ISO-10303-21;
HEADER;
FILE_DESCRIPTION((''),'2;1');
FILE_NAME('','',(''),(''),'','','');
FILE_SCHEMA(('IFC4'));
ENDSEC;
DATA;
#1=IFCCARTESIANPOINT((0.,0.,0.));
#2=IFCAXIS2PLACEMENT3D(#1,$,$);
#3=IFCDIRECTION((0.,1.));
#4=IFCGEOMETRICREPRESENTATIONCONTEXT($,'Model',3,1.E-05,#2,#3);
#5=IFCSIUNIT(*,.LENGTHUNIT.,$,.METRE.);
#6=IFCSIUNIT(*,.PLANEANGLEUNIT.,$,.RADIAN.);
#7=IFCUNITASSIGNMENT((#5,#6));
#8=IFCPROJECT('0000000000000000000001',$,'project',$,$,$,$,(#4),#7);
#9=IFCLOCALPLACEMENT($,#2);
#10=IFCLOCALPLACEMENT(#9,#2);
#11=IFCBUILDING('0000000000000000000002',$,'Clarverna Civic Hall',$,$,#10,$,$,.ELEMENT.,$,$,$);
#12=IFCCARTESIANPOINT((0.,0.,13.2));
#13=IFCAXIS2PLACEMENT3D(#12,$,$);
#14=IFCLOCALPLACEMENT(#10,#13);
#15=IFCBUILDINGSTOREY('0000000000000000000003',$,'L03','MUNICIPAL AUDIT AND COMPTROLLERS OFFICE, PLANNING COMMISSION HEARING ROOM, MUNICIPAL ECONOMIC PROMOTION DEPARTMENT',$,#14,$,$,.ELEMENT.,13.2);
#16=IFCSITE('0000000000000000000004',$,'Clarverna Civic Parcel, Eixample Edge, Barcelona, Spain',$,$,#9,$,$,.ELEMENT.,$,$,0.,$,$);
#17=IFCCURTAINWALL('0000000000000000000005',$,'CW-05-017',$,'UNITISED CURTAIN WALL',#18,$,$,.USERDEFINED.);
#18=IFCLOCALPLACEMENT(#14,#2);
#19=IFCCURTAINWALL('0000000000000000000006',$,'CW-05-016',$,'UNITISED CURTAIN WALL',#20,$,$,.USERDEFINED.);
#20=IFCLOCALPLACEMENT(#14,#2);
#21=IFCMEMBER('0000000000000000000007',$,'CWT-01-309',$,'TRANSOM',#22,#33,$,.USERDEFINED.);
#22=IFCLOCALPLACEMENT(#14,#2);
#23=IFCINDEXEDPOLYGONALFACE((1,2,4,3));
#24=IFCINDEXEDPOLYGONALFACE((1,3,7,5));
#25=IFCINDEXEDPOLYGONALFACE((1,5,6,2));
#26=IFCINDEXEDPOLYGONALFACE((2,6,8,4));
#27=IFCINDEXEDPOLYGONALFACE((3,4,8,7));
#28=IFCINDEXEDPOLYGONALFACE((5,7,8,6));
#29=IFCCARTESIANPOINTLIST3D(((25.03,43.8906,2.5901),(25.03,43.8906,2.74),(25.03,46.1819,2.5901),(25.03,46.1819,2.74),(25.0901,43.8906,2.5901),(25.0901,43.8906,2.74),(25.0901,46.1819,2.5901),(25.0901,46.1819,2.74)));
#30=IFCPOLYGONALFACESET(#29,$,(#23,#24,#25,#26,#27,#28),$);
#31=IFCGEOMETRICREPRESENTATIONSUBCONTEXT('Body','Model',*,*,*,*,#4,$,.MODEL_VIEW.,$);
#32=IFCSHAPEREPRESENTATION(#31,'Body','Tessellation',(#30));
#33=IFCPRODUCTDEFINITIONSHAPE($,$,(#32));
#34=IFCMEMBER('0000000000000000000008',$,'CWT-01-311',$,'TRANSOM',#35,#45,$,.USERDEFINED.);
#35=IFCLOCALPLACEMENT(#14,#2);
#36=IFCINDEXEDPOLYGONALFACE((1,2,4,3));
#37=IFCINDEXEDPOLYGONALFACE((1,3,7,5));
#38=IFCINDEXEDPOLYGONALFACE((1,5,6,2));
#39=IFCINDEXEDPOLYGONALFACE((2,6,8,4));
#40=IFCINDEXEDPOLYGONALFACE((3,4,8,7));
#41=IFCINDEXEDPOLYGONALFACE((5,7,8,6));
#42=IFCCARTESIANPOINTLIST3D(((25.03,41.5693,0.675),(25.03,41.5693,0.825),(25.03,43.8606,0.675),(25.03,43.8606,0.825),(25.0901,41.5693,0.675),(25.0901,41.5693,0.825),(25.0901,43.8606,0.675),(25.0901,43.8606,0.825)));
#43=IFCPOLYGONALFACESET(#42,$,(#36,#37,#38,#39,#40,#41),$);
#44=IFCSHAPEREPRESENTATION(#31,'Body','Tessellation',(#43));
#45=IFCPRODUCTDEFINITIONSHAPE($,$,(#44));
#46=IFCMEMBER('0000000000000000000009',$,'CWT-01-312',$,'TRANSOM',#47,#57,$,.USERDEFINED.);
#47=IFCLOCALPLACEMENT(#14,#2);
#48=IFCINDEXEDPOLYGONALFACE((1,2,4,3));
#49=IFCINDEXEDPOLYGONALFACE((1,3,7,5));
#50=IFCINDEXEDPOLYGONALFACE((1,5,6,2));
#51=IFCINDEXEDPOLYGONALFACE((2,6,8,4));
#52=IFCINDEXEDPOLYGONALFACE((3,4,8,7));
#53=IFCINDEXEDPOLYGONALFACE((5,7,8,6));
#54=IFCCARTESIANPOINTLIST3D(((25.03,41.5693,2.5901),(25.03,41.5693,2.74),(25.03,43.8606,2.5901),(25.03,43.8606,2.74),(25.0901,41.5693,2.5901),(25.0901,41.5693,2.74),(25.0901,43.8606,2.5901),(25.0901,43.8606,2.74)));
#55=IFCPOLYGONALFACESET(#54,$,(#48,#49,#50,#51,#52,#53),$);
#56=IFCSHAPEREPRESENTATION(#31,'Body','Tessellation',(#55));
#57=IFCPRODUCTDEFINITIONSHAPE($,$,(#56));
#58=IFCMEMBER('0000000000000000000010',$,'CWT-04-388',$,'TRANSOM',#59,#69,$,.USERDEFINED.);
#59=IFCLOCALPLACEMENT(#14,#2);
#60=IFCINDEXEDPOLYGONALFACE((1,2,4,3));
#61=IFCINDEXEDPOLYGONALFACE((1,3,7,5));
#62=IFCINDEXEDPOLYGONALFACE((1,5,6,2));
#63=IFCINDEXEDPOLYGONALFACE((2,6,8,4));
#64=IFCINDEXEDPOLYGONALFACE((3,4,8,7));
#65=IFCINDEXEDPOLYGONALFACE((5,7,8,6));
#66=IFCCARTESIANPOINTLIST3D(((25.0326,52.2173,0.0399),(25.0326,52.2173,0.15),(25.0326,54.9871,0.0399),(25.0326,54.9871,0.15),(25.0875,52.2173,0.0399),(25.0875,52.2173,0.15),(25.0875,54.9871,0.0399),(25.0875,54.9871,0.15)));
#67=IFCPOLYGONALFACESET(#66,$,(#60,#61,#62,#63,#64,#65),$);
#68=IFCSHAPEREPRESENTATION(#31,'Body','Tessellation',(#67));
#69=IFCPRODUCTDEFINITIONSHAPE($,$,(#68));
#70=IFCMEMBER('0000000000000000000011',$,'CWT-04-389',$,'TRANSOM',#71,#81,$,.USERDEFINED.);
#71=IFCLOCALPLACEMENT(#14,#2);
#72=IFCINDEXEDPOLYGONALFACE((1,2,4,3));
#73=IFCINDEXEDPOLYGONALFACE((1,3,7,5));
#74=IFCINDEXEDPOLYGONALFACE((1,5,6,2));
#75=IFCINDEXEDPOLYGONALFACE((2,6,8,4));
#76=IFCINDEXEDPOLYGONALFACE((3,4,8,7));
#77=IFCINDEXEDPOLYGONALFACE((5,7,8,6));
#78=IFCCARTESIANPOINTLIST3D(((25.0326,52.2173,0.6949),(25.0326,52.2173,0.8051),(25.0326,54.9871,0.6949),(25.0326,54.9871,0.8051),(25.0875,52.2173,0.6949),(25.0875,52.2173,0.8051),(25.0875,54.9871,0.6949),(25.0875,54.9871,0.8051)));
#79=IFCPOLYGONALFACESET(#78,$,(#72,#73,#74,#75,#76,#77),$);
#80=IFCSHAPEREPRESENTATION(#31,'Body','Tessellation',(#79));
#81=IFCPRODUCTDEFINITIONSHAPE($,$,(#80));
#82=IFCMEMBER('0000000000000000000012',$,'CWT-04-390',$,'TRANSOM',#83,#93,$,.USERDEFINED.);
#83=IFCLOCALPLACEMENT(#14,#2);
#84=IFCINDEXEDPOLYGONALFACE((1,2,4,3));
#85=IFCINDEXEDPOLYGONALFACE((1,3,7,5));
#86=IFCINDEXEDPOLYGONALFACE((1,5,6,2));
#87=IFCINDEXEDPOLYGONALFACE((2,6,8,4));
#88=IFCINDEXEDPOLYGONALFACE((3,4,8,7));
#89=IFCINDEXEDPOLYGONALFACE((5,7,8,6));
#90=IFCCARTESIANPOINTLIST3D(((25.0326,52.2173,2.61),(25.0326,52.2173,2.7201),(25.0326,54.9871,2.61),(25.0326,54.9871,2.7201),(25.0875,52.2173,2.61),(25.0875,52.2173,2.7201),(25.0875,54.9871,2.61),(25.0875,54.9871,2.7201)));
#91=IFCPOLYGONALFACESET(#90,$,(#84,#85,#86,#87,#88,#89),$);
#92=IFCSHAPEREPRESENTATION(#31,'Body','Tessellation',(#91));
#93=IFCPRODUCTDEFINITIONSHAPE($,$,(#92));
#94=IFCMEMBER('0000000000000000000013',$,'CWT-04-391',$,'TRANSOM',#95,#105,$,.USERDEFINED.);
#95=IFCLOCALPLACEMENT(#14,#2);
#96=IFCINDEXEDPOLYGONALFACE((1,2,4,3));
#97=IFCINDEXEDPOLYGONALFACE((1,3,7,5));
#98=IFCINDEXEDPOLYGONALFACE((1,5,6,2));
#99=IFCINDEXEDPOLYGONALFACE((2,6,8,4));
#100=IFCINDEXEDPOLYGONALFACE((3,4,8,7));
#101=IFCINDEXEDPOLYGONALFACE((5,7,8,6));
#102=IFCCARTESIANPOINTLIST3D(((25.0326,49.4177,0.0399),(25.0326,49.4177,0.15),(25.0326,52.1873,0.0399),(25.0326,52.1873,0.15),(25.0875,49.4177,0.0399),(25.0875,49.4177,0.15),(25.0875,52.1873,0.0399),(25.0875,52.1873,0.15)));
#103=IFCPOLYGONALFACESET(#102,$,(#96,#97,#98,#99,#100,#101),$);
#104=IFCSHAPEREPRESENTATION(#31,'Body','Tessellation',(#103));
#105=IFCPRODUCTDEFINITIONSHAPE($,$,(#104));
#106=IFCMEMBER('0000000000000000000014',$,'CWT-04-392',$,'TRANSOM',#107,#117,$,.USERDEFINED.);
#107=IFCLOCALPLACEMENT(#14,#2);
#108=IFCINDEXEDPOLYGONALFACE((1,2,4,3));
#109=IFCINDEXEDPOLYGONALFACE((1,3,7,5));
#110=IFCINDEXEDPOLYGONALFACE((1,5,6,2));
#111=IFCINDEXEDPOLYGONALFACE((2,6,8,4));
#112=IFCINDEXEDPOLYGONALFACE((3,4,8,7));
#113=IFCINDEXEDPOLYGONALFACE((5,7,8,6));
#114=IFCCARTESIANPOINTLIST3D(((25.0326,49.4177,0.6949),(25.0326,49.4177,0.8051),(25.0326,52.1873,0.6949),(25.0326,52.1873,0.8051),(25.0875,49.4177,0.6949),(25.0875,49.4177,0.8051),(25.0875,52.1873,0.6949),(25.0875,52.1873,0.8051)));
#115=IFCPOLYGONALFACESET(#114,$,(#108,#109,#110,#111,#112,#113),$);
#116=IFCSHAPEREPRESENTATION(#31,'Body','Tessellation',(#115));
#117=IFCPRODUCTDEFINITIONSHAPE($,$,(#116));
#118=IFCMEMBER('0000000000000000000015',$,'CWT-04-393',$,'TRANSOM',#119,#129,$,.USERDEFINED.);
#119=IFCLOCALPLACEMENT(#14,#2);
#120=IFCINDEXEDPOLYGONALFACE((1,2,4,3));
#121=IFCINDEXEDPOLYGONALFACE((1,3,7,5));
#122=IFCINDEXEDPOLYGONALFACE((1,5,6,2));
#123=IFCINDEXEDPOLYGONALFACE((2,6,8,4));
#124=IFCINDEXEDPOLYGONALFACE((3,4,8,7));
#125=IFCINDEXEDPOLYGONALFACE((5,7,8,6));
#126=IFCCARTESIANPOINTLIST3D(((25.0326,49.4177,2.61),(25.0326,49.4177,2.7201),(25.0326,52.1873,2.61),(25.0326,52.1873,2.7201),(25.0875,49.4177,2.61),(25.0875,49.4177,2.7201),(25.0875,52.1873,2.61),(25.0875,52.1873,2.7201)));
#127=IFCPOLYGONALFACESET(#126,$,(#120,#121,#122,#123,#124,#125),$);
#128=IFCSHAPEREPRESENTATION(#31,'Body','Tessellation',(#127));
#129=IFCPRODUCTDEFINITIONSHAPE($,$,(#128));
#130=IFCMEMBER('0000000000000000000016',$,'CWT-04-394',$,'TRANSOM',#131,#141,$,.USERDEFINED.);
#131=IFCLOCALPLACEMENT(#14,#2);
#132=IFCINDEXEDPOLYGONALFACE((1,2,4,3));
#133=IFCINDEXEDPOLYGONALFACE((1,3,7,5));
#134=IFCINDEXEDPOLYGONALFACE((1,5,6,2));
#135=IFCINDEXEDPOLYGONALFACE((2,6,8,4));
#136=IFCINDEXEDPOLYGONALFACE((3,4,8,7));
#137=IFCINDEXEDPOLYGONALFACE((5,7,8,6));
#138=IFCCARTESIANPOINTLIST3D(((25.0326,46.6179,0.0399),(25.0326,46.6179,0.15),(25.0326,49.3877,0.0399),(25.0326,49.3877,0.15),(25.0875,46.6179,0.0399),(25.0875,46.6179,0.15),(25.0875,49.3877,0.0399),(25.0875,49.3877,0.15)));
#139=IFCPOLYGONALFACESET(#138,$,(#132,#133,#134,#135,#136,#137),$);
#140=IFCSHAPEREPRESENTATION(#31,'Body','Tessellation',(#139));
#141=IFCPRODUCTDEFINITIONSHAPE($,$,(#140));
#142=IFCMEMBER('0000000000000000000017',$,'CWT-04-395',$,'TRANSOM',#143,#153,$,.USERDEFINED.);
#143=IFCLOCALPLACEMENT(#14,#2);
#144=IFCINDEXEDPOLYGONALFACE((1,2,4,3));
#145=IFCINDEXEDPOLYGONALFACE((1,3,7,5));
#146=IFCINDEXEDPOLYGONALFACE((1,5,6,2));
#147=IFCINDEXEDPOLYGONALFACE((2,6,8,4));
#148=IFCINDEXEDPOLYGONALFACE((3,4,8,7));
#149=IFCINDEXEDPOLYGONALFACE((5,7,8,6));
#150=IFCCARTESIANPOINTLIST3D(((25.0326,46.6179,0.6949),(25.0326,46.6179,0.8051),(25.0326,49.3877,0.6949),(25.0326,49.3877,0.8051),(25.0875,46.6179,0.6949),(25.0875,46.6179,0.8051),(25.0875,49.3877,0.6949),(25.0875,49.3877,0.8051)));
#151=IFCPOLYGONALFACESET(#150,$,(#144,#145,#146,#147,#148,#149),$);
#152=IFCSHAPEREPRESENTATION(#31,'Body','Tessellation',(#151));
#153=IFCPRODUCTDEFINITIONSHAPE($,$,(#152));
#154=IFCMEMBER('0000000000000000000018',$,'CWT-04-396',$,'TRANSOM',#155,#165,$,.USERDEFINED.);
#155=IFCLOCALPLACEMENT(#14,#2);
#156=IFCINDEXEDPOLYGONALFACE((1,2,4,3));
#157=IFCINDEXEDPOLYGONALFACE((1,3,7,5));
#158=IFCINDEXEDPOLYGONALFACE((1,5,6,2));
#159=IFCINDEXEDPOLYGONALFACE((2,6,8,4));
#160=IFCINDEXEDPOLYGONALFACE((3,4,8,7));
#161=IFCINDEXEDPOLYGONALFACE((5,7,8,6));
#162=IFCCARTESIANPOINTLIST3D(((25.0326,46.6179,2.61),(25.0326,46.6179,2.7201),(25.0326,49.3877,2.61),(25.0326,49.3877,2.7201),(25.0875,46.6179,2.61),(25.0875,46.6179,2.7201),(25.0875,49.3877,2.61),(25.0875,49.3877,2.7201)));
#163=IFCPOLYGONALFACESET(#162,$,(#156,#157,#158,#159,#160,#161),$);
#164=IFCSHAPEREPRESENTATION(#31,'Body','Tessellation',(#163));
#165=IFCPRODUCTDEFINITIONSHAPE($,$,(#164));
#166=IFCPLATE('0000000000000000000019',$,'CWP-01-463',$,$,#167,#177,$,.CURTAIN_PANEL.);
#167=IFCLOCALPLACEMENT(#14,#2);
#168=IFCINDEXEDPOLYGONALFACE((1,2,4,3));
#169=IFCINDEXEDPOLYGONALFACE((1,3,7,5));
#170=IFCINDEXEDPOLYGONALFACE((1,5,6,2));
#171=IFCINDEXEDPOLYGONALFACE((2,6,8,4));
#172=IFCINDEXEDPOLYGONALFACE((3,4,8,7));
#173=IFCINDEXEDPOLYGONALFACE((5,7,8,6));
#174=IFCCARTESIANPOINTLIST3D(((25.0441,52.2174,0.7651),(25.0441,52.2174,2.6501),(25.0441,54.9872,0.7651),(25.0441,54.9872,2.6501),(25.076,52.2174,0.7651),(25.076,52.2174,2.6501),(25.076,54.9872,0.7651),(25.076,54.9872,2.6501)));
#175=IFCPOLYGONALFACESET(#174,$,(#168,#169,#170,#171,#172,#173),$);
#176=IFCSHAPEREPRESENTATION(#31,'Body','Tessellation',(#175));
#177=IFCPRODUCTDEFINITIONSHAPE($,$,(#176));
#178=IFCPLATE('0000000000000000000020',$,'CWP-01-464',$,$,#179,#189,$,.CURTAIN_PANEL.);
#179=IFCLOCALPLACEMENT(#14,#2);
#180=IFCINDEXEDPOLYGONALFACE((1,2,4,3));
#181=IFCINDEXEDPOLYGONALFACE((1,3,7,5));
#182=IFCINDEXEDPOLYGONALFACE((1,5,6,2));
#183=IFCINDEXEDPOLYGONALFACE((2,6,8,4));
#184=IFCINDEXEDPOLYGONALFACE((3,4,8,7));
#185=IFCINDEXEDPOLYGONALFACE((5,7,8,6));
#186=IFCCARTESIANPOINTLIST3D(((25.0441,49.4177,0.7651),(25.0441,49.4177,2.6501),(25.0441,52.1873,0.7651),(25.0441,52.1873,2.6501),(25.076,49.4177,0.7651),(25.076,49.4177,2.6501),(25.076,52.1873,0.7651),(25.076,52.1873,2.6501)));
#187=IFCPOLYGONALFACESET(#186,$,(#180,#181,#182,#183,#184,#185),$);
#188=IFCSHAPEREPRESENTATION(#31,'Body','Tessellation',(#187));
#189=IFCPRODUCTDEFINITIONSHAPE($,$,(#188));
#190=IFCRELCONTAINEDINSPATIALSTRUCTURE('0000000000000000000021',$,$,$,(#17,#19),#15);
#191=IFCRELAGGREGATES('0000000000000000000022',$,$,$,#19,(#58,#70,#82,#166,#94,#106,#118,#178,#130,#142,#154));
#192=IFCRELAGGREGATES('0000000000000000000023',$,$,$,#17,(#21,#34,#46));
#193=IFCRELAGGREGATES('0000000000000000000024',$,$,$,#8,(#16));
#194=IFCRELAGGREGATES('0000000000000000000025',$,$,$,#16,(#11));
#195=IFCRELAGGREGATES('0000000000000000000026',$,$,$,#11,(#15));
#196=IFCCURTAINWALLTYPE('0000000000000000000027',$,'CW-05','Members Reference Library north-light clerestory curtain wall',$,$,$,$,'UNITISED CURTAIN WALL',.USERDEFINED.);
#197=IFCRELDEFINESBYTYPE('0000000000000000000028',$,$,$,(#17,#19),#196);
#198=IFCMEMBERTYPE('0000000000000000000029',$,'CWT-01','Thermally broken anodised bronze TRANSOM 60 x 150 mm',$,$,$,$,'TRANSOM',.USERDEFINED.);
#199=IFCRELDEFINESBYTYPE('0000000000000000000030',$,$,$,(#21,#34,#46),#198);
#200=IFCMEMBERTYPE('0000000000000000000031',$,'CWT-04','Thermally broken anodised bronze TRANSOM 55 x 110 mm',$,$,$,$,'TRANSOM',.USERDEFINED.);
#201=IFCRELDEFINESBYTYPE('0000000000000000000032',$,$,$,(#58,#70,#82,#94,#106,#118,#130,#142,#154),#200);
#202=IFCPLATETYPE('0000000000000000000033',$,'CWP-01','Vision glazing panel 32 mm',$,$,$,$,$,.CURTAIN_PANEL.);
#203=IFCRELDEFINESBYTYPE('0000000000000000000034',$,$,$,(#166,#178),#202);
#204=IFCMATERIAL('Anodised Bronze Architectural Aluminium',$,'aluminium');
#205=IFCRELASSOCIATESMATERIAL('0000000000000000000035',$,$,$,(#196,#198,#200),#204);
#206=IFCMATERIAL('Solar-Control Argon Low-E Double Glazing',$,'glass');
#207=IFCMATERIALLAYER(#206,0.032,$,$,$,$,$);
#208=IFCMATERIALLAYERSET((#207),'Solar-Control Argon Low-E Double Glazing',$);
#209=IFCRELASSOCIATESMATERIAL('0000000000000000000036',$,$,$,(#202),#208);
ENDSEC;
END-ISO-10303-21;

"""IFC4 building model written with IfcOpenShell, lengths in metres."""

from ifc_helpers import new_model, si_unit, direction, frame, frame_2d, origin, origin_2d, place, context, subcontext, project, spatial, rectangle, extrude, material, layer, layer_set, material_profile, profile_set, type_object, element, aggregate, save


model = new_model("IFC4")

# Units and contexts
model_context = context("Model", 3, precision=1e-05, world=origin(), true_north=direction((0.0, 1.0)))
body_context = subcontext(model_context, "Body", "Model", "MODEL_VIEW")
ifc_project = project(units=[si_unit("LENGTHUNIT", "METRE"), si_unit("PLANEANGLEUNIT", "RADIAN")], contexts=[model_context])

# Site, building, storey
site_placement = place(None, origin())
site = spatial("IfcSite", under=ifc_project, at=site_placement, Name="Clarverna Civic Parcel, Eixample Edge, Barcelona, Spain", CompositionType="ELEMENT", RefElevation=0.0)
building_placement = place(site_placement, origin())
building = spatial("IfcBuilding", under=site, at=building_placement, Name="Clarverna Civic Hall", CompositionType="ELEMENT")
storey_placement = place(building_placement, frame((0.0, 0.0, 13.2)))
storey = spatial("IfcBuildingStorey", under=building, at=storey_placement, Name="L03", Description="MUNICIPAL AUDIT AND COMPTROLLERS OFFICE, PLANNING COMMISSION HEARING ROOM, MUNICIPAL ECONOMIC PROMOTION DEPARTMENT", CompositionType="ELEMENT", Elevation=13.2)

# Curtain walls
ifc_material_1 = material(Name="Anodised Bronze Architectural Aluminium", Category="aluminium")
curtain_wall_type = type_object("IfcCurtainWallType", Name="CW-05", Description="Members Reference Library north-light clerestory curtain wall", ElementType="UNITISED CURTAIN WALL", PredefinedType="USERDEFINED", material=ifc_material_1)
curtain_wall_1_placement = place(storey_placement, origin())
curtain_wall_1 = element("IfcCurtainWall", 1, at=curtain_wall_1_placement, inside=storey, type_object=curtain_wall_type, Name="CW-05-017", ObjectType="UNITISED CURTAIN WALL", PredefinedType="USERDEFINED")
curtain_wall_2_placement = place(storey_placement, origin())
curtain_wall_2 = element("IfcCurtainWall", 2, at=curtain_wall_2_placement, inside=storey, type_object=curtain_wall_type, Name="CW-05-016", ObjectType="UNITISED CURTAIN WALL", PredefinedType="USERDEFINED")

# Members
ifc_material_profile_1 = material_profile(ifc_material_1, rectangle(XDim=0.0601, YDim=0.1499, at=origin_2d()), Name="BRONZE 60x150")
ifc_profile_set_1 = profile_set([ifc_material_profile_1], Name="Anodised Bronze Architectural Aluminium")
member_type_1 = type_object("IfcMemberType", Name="CWT-01", Description="Thermally broken anodised bronze TRANSOM 60 x 150 mm", ElementType="TRANSOM", PredefinedType="USERDEFINED", material=ifc_profile_set_1)
member_1_placement = place(storey_placement, frame((25.0601, 46.1819, 2.665), z_axis=(0.0, -1.0, 0.0), x_axis=(1.0, 0.0, 0.0)))
member_1 = element("IfcMember", 3, at=member_1_placement, type_object=member_type_1, Name="CWT-01-309", ObjectType="TRANSOM", PredefinedType="USERDEFINED", context=body_context, shape_type="SweptSolid", body=[
    extrude(rectangle(XDim=0.0601, YDim=0.1499, at=origin_2d()), origin(), (0.0, 0.0, 1.0), 2.2913),
])
member_2_placement = place(storey_placement, frame((25.0601, 43.8606, 0.75), z_axis=(0.0, -1.0, 0.0), x_axis=(1.0, 0.0, 0.0)))
member_2 = element("IfcMember", 4, at=member_2_placement, type_object=member_type_1, Name="CWT-01-311", ObjectType="TRANSOM", PredefinedType="USERDEFINED", context=body_context, shape_type="SweptSolid", body=[
    extrude(rectangle(XDim=0.0601, YDim=0.1499, at=origin_2d()), origin(), (0.0, 0.0, 1.0), 2.2913),
])
member_3_placement = place(storey_placement, frame((25.0601, 43.8606, 2.665), z_axis=(0.0, -1.0, 0.0), x_axis=(1.0, 0.0, 0.0)))
member_3 = element("IfcMember", 5, at=member_3_placement, type_object=member_type_1, Name="CWT-01-312", ObjectType="TRANSOM", PredefinedType="USERDEFINED", context=body_context, shape_type="SweptSolid", body=[
    extrude(rectangle(XDim=0.0601, YDim=0.1499, at=origin_2d()), origin(), (0.0, 0.0, 1.0), 2.2913),
])
ifc_material_profile_2 = material_profile(ifc_material_1, rectangle(XDim=0.0549, YDim=0.1101, at=origin_2d()), Name="BRONZE 55x110")
ifc_profile_set_2 = profile_set([ifc_material_profile_2], Name="Anodised Bronze Architectural Aluminium")
member_type_2 = type_object("IfcMemberType", Name="CWT-04", Description="Thermally broken anodised bronze TRANSOM 55 x 110 mm", ElementType="TRANSOM", PredefinedType="USERDEFINED", material=ifc_profile_set_2)
member_4_placement = place(storey_placement, frame((25.0601, 54.9871, 0.095), z_axis=(0.0, -1.0, 0.0), x_axis=(1.0, 0.0, 0.0)))
member_4 = element("IfcMember", 6, at=member_4_placement, type_object=member_type_2, Name="CWT-04-388", ObjectType="TRANSOM", PredefinedType="USERDEFINED", context=body_context, shape_type="SweptSolid", body=[
    extrude(rectangle(XDim=0.0549, YDim=0.1101, at=origin_2d()), origin(), (0.0, 0.0, 1.0), 2.7698),
])
member_5_placement = place(storey_placement, frame((25.0601, 54.9871, 0.75), z_axis=(0.0, -1.0, 0.0), x_axis=(1.0, 0.0, 0.0)))
member_5 = element("IfcMember", 7, at=member_5_placement, type_object=member_type_2, Name="CWT-04-389", ObjectType="TRANSOM", PredefinedType="USERDEFINED", context=body_context, shape_type="SweptSolid", body=[
    extrude(rectangle(XDim=0.0549, YDim=0.1101, at=origin_2d()), origin(), (0.0, 0.0, 1.0), 2.7698),
])
member_6_placement = place(storey_placement, frame((25.0601, 54.9871, 2.665), z_axis=(0.0, -1.0, 0.0), x_axis=(1.0, 0.0, 0.0)))
member_6 = element("IfcMember", 8, at=member_6_placement, type_object=member_type_2, Name="CWT-04-390", ObjectType="TRANSOM", PredefinedType="USERDEFINED", context=body_context, shape_type="SweptSolid", body=[
    extrude(rectangle(XDim=0.0549, YDim=0.1101, at=origin_2d()), origin(), (0.0, 0.0, 1.0), 2.7698),
])
member_7_placement = place(storey_placement, frame((25.0601, 52.1873, 0.095), z_axis=(0.0, -1.0, 0.0), x_axis=(1.0, 0.0, 0.0)))
member_7 = element("IfcMember", 9, at=member_7_placement, type_object=member_type_2, Name="CWT-04-391", ObjectType="TRANSOM", PredefinedType="USERDEFINED", context=body_context, shape_type="SweptSolid", body=[
    extrude(rectangle(XDim=0.0549, YDim=0.1101, at=origin_2d()), origin(), (0.0, 0.0, 1.0), 2.7695),
])
member_8_placement = place(storey_placement, frame((25.0601, 52.1873, 0.75), z_axis=(0.0, -1.0, 0.0), x_axis=(1.0, 0.0, 0.0)))
member_8 = element("IfcMember", 10, at=member_8_placement, type_object=member_type_2, Name="CWT-04-392", ObjectType="TRANSOM", PredefinedType="USERDEFINED", context=body_context, shape_type="SweptSolid", body=[
    extrude(rectangle(XDim=0.0549, YDim=0.1101, at=origin_2d()), origin(), (0.0, 0.0, 1.0), 2.7695),
])
member_9_placement = place(storey_placement, frame((25.0601, 52.1873, 2.665), z_axis=(0.0, -1.0, 0.0), x_axis=(1.0, 0.0, 0.0)))
member_9 = element("IfcMember", 11, at=member_9_placement, type_object=member_type_2, Name="CWT-04-393", ObjectType="TRANSOM", PredefinedType="USERDEFINED", context=body_context, shape_type="SweptSolid", body=[
    extrude(rectangle(XDim=0.0549, YDim=0.1101, at=origin_2d()), origin(), (0.0, 0.0, 1.0), 2.7695),
])
member_10_placement = place(storey_placement, frame((25.0601, 49.3877, 0.095), z_axis=(0.0, -1.0, 0.0), x_axis=(1.0, 0.0, 0.0)))
member_10 = element("IfcMember", 12, at=member_10_placement, type_object=member_type_2, Name="CWT-04-394", ObjectType="TRANSOM", PredefinedType="USERDEFINED", context=body_context, shape_type="SweptSolid", body=[
    extrude(rectangle(XDim=0.0549, YDim=0.1101, at=origin_2d()), origin(), (0.0, 0.0, 1.0), 2.7698),
])
member_11_placement = place(storey_placement, frame((25.0601, 49.3877, 0.75), z_axis=(0.0, -1.0, 0.0), x_axis=(1.0, 0.0, 0.0)))
member_11 = element("IfcMember", 13, at=member_11_placement, type_object=member_type_2, Name="CWT-04-395", ObjectType="TRANSOM", PredefinedType="USERDEFINED", context=body_context, shape_type="SweptSolid", body=[
    extrude(rectangle(XDim=0.0549, YDim=0.1101, at=origin_2d()), origin(), (0.0, 0.0, 1.0), 2.7698),
])
member_12_placement = place(storey_placement, frame((25.0601, 49.3877, 2.665), z_axis=(0.0, -1.0, 0.0), x_axis=(1.0, 0.0, 0.0)))
member_12 = element("IfcMember", 14, at=member_12_placement, type_object=member_type_2, Name="CWT-04-396", ObjectType="TRANSOM", PredefinedType="USERDEFINED", context=body_context, shape_type="SweptSolid", body=[
    extrude(rectangle(XDim=0.0549, YDim=0.1101, at=origin_2d()), origin(), (0.0, 0.0, 1.0), 2.7698),
])

# Plates
ifc_material_2 = material(Name="Solar-Control Argon Low-E Double Glazing", Category="glass")
ifc_layer_1 = layer(ifc_material_2, 0.032)
ifc_layer_set_1 = layer_set([ifc_layer_1], Name="Solar-Control Argon Low-E Double Glazing")
plate_type_1 = type_object("IfcPlateType", Name="CWP-01", Description="Vision glazing panel 32 mm", PredefinedType="CURTAIN_PANEL", material=ifc_layer_set_1)
plate_1_placement = place(storey_placement, frame((25.0601, 54.9871, 0.7651), z_axis=(0.0, 0.0, 1.0), x_axis=(0.0, -1.0, 0.0)))
plate_1 = element("IfcPlate", 15, at=plate_1_placement, type_object=plate_type_1, Name="CWP-01-463", PredefinedType="CURTAIN_PANEL", context=body_context, shape_type="SweptSolid", body=[
    extrude(rectangle(XDim=2.7698, YDim=0.032, at=frame_2d((1.3848, 0.0))), origin(), (0.0, 0.0, 1.0), 1.885),
])
plate_2_placement = place(storey_placement, frame((25.0601, 52.1873, 0.7651), z_axis=(0.0, 0.0, 1.0), x_axis=(0.0, -1.0, 0.0)))
plate_2 = element("IfcPlate", 16, at=plate_2_placement, type_object=plate_type_1, Name="CWP-01-464", PredefinedType="CURTAIN_PANEL", context=body_context, shape_type="SweptSolid", body=[
    extrude(rectangle(XDim=2.7695, YDim=0.032, at=frame_2d((1.3848, 0.0))), origin(), (0.0, 0.0, 1.0), 1.885),
])
aggregate(curtain_wall_2, [member_4, member_5, member_6, plate_1, member_7, member_8, member_9, plate_2, member_10, member_11, member_12])
aggregate(curtain_wall_1, [member_1, member_2, member_3])

save(model, "model.ifc")
